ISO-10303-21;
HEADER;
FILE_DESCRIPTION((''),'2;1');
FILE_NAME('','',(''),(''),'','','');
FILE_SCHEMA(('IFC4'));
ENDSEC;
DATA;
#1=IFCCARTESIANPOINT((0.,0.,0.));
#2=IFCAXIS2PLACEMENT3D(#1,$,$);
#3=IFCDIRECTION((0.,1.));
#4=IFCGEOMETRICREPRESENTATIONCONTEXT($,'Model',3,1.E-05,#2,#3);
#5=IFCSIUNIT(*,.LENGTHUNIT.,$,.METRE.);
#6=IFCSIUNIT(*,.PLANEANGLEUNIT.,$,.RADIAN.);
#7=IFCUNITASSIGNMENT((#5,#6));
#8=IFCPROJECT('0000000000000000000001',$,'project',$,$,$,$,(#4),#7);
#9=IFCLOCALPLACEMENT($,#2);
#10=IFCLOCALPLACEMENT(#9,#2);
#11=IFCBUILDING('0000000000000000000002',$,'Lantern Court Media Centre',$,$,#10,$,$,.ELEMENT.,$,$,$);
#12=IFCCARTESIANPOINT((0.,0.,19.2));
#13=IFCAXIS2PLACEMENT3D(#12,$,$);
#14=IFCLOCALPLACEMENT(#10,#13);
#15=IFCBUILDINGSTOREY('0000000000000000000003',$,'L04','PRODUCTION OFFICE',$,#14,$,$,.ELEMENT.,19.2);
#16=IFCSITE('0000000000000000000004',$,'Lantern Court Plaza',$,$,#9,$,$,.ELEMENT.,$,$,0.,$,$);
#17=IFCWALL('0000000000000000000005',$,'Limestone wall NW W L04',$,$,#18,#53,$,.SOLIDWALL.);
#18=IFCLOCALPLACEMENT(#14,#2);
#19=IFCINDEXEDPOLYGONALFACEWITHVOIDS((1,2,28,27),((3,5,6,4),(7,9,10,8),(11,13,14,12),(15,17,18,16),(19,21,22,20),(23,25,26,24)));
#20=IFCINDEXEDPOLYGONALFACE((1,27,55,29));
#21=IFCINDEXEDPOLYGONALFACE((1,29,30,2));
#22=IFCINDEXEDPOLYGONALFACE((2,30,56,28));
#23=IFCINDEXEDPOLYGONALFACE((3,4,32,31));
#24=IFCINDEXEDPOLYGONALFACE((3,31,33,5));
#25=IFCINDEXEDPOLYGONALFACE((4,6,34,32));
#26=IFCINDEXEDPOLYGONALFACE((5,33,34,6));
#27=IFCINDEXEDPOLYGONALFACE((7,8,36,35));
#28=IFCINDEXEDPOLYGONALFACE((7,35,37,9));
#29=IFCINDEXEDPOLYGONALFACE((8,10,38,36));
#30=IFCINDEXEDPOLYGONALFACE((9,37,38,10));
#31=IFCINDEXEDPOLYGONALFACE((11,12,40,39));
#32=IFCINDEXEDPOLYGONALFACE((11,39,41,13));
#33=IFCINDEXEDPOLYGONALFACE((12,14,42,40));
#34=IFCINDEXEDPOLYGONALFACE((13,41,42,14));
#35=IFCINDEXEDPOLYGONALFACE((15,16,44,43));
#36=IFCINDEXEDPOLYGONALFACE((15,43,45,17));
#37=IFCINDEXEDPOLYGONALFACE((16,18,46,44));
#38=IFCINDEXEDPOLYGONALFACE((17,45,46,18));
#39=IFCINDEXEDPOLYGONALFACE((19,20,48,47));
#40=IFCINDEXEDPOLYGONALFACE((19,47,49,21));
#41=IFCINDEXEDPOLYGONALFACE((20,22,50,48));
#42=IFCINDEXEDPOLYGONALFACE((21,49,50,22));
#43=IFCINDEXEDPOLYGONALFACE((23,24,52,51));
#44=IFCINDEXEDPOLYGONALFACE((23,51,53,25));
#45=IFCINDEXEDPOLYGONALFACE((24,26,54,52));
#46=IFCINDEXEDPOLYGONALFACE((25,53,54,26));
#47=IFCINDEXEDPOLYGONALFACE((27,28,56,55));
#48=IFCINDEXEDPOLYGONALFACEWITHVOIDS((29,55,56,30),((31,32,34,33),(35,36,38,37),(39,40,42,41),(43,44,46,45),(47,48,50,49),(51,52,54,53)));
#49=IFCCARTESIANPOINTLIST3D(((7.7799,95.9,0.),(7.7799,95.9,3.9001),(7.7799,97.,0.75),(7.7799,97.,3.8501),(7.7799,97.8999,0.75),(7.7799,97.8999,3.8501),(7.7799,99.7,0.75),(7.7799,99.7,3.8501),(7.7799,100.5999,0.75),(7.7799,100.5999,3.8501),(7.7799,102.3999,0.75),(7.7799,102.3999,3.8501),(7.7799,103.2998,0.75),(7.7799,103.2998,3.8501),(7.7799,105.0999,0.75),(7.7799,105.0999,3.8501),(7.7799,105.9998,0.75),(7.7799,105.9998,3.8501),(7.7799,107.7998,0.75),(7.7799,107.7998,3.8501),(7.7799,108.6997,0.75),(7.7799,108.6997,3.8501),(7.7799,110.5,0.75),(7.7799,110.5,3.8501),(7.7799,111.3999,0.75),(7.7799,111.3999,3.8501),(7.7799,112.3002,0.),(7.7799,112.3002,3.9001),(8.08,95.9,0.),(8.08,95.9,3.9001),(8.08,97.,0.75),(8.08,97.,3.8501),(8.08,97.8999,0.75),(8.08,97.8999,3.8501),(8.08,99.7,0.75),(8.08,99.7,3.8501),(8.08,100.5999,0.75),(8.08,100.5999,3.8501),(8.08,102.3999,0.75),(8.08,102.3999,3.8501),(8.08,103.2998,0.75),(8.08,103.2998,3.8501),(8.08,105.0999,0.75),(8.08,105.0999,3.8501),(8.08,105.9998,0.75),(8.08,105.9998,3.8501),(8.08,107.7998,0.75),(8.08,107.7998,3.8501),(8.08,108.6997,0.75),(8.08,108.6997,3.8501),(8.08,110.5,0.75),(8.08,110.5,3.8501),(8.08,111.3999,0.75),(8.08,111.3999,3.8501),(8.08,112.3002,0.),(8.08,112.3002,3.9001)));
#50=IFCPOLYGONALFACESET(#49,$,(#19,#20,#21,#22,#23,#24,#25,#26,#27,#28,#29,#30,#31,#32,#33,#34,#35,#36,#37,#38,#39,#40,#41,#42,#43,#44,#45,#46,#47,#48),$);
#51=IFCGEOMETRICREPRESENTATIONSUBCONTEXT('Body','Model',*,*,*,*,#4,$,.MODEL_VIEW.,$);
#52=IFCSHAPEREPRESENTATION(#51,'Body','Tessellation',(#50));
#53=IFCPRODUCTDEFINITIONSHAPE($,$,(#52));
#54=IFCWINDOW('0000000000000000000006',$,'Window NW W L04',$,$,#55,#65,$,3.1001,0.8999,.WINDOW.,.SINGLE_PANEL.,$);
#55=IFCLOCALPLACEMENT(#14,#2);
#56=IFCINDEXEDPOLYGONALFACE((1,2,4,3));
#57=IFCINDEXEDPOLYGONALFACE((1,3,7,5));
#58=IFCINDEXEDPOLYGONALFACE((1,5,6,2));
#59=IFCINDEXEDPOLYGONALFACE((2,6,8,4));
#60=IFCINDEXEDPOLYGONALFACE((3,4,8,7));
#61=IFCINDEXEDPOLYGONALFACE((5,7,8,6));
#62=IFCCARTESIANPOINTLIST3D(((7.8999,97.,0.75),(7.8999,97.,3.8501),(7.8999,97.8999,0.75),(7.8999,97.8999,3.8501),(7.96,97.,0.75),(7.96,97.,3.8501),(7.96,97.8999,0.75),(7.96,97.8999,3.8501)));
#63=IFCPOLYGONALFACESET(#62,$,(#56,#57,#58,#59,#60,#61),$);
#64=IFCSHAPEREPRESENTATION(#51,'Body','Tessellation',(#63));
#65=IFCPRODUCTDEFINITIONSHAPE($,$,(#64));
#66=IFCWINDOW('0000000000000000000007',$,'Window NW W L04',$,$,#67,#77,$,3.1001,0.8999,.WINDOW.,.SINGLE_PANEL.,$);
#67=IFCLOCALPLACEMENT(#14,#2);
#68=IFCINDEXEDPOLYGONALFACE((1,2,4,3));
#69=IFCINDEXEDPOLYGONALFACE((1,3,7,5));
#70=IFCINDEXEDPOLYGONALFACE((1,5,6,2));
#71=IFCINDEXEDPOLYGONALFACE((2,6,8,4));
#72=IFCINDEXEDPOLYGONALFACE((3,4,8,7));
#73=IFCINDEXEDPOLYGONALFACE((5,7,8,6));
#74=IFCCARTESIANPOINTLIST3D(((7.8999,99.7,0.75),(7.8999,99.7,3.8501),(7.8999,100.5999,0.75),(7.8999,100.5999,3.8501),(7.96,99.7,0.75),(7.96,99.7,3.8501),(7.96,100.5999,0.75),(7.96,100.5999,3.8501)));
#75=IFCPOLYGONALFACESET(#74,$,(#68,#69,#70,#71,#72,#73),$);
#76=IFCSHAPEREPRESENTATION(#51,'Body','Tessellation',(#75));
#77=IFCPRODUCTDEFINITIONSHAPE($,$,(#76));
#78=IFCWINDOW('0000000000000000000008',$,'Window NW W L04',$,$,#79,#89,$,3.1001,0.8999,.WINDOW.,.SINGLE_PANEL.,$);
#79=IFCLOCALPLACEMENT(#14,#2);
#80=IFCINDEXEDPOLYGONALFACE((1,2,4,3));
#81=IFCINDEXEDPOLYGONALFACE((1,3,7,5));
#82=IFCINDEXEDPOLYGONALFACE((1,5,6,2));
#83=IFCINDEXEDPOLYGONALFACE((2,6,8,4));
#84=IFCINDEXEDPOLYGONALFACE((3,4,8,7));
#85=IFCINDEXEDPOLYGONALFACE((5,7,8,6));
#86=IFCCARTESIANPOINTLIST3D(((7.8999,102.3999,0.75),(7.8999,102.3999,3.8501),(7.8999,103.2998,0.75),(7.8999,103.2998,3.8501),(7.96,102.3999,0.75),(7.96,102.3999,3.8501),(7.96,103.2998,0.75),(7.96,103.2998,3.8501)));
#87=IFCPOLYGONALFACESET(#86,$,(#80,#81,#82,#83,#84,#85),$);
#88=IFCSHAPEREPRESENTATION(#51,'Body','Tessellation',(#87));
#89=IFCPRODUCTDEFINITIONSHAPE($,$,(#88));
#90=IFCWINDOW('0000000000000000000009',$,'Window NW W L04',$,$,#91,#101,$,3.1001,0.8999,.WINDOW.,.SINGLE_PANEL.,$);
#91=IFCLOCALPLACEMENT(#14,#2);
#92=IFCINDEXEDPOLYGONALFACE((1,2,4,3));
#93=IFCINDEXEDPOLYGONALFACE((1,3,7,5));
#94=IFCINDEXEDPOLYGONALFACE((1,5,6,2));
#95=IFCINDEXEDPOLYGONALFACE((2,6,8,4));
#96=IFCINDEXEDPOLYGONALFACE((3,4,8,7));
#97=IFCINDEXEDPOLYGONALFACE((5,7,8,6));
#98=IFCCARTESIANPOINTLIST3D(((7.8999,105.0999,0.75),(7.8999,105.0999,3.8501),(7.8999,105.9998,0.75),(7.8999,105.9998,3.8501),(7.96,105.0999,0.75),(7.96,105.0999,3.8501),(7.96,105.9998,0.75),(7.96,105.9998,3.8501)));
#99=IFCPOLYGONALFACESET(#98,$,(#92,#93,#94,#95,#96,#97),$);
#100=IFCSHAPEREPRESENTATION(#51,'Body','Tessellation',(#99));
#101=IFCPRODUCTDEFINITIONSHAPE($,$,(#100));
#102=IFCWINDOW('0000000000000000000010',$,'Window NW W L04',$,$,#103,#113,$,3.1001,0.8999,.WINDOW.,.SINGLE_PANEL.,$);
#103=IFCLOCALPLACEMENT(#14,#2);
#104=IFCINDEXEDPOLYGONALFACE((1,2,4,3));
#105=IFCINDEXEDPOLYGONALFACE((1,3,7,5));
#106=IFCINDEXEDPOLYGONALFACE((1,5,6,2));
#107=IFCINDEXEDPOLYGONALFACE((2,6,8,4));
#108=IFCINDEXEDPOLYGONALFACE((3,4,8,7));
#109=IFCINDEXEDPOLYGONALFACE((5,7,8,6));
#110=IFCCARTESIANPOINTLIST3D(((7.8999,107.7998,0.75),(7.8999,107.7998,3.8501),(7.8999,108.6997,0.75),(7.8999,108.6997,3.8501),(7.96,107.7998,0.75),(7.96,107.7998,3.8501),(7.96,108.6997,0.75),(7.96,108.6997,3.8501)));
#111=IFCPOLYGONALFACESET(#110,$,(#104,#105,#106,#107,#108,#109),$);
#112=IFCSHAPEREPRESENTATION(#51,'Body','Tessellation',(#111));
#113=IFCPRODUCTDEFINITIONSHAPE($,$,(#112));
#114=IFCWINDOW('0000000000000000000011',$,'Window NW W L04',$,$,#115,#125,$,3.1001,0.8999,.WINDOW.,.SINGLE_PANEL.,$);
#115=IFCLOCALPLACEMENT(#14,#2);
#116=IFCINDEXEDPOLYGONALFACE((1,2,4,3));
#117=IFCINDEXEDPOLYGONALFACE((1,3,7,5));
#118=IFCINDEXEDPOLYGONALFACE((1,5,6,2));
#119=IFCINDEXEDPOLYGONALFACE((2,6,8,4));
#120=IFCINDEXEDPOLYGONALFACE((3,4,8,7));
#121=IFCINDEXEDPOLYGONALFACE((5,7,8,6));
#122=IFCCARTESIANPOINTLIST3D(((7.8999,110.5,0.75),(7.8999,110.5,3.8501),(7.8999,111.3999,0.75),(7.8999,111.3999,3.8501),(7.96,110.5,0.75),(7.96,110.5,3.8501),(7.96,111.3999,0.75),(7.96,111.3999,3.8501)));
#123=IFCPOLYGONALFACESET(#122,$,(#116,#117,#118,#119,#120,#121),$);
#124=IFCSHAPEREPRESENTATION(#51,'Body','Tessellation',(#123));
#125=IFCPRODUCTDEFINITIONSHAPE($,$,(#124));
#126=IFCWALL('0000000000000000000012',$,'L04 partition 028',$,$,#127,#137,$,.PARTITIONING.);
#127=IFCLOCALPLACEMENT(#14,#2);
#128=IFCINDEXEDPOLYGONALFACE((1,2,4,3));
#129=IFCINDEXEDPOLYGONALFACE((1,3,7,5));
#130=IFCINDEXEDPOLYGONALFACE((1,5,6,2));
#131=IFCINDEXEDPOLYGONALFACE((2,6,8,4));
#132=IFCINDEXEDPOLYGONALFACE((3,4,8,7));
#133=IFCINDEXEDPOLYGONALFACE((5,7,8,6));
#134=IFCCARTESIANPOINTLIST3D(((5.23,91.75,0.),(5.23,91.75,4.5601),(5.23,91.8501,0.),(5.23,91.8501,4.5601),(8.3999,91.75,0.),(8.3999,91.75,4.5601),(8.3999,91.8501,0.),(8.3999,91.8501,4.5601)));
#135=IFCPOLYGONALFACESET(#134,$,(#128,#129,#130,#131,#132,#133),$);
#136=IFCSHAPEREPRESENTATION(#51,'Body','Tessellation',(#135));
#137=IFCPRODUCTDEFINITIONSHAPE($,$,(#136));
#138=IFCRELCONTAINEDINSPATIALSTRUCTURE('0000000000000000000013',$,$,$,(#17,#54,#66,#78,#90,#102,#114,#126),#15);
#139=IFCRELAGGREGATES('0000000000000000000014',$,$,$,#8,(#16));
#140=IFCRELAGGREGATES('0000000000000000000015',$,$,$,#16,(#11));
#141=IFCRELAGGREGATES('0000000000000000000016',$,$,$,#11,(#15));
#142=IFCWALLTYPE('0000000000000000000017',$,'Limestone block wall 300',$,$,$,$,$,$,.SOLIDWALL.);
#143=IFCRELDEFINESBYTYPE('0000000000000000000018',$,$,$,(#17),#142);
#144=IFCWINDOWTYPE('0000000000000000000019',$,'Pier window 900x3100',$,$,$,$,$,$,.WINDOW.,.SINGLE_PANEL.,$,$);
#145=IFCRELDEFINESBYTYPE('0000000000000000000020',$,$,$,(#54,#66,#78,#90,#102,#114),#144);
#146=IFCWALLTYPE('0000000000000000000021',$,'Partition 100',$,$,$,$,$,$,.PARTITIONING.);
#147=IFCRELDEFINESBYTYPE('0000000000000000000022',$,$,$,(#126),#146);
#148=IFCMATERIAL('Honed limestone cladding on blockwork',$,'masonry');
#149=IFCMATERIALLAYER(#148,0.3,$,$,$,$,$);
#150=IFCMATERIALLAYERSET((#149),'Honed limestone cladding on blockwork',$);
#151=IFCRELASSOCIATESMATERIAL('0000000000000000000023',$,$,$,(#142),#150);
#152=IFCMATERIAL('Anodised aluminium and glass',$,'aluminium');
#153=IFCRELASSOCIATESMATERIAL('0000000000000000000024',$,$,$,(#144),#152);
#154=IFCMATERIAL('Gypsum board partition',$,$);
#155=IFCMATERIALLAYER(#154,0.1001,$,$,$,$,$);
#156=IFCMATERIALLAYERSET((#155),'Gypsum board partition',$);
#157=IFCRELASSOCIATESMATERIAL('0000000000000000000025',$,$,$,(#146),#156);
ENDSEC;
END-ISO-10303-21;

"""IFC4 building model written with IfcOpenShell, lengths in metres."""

from ifc_helpers import new_model, si_unit, direction, frame, frame_2d, origin, place, context, subcontext, project, spatial, rectangle, extrude, material, layer, layer_set, type_object, element, fill, save


model = new_model("IFC4")

# Units and contexts
model_context = context("Model", 3, precision=1e-05, world=origin(), true_north=direction((0.0, 1.0)))
body_context = subcontext(model_context, "Body", "Model", "MODEL_VIEW")
ifc_project = project(units=[si_unit("LENGTHUNIT", "METRE"), si_unit("PLANEANGLEUNIT", "RADIAN")], contexts=[model_context])

# Site, building, storey
site_placement = place(None, origin())
site = spatial("IfcSite", under=ifc_project, at=site_placement, Name="Lantern Court Plaza", CompositionType="ELEMENT", RefElevation=0.0)
building_placement = place(site_placement, origin())
building = spatial("IfcBuilding", under=site, at=building_placement, Name="Lantern Court Media Centre", CompositionType="ELEMENT")
storey_placement = place(building_placement, frame((0.0, 0.0, 19.2)))
storey = spatial("IfcBuildingStorey", under=building, at=storey_placement, Name="L04", Description="PRODUCTION OFFICE", CompositionType="ELEMENT", Elevation=19.2)

# Shared definitions
ifc_material_1 = material(Name="Gypsum board partition")

# Wall, openings, windows
ifc_material_2 = material(Name="Honed limestone cladding on blockwork", Category="masonry")
ifc_layer_1 = layer(ifc_material_2, 0.3)
ifc_layer_set_1 = layer_set([ifc_layer_1], Name="Honed limestone cladding on blockwork")
wall_type_1 = type_object("IfcWallType", Name="Limestone block wall 300", PredefinedType="SOLIDWALL", material=ifc_layer_set_1)
wall_1_placement = place(storey_placement, frame((7.9299, 95.8999, 0.0), z_axis=(0.0, 0.0, 1.0), x_axis=(0.0, 1.0, 0.0)))
wall_1 = element("IfcWall", 1, at=wall_1_placement, inside=storey, type_object=wall_type_1, Name="Limestone wall NW W L04", PredefinedType="SOLIDWALL", context=body_context, shape_type="SweptSolid", body=[
    extrude(rectangle(XDim=16.4001, YDim=0.3, at=frame_2d((8.2002, 0.0))), origin(), (0.0, 0.0, 1.0), 3.9001),
])
opening_1_placement = place(wall_1_placement, frame((1.1001, 0.0, 0.75)))
opening_1 = element("IfcOpeningElement", 2, at=opening_1_placement, cuts=wall_1, PredefinedType="OPENING", context=body_context, shape_type="SweptSolid", body=[
    extrude(rectangle(XDim=0.8999, YDim=3.1001, at=frame_2d((0.45, 1.55))), frame((0.0, 0.1599, 0.0), z_axis=(0.0, -1.0, 0.0), x_axis=(1.0, 0.0, 0.0)), (0.0, 0.0, 1.0), 0.3201),
])
opening_2_placement = place(wall_1_placement, frame((3.8, 0.0, 0.75)))
opening_2 = element("IfcOpeningElement", 3, at=opening_2_placement, cuts=wall_1, PredefinedType="OPENING", context=body_context, shape_type="SweptSolid", body=[
    extrude(rectangle(XDim=0.8999, YDim=3.1001, at=frame_2d((0.45, 1.55))), frame((0.0, 0.1599, 0.0), z_axis=(0.0, -1.0, 0.0), x_axis=(1.0, 0.0, 0.0)), (0.0, 0.0, 1.0), 0.3201),
])
opening_3_placement = place(wall_1_placement, frame((6.5, 0.0, 0.75)))
opening_3 = element("IfcOpeningElement", 4, at=opening_3_placement, cuts=wall_1, PredefinedType="OPENING", context=body_context, shape_type="SweptSolid", body=[
    extrude(rectangle(XDim=0.8999, YDim=3.1001, at=frame_2d((0.45, 1.55))), frame((0.0, 0.1599, 0.0), z_axis=(0.0, -1.0, 0.0), x_axis=(1.0, 0.0, 0.0)), (0.0, 0.0, 1.0), 0.3201),
])
opening_4_placement = place(wall_1_placement, frame((9.2, 0.0, 0.75)))
opening_4 = element("IfcOpeningElement", 5, at=opening_4_placement, cuts=wall_1, PredefinedType="OPENING", context=body_context, shape_type="SweptSolid", body=[
    extrude(rectangle(XDim=0.8999, YDim=3.1001, at=frame_2d((0.45, 1.55))), frame((0.0, 0.1599, 0.0), z_axis=(0.0, -1.0, 0.0), x_axis=(1.0, 0.0, 0.0)), (0.0, 0.0, 1.0), 0.3201),
])
opening_5_placement = place(wall_1_placement, frame((11.8999, 0.0, 0.75)))
opening_5 = element("IfcOpeningElement", 6, at=opening_5_placement, cuts=wall_1, PredefinedType="OPENING", context=body_context, shape_type="SweptSolid", body=[
    extrude(rectangle(XDim=0.8999, YDim=3.1001, at=frame_2d((0.45, 1.55))), frame((0.0, 0.1599, 0.0), z_axis=(0.0, -1.0, 0.0), x_axis=(1.0, 0.0, 0.0)), (0.0, 0.0, 1.0), 0.3201),
])
opening_6_placement = place(wall_1_placement, frame((14.6001, 0.0, 0.75)))
opening_6 = element("IfcOpeningElement", 7, at=opening_6_placement, cuts=wall_1, PredefinedType="OPENING", context=body_context, shape_type="SweptSolid", body=[
    extrude(rectangle(XDim=0.8999, YDim=3.1001, at=frame_2d((0.45, 1.55))), frame((0.0, 0.1599, 0.0), z_axis=(0.0, -1.0, 0.0), x_axis=(1.0, 0.0, 0.0)), (0.0, 0.0, 1.0), 0.3201),
])
ifc_material_3 = material(Name="Anodised aluminium and glass", Category="aluminium")
window_type = type_object("IfcWindowType", Name="Pier window 900x3100", PartitioningType="SINGLE_PANEL", PredefinedType="WINDOW", material=ifc_material_3)
window_1_placement = place(opening_1_placement, origin())
window_1 = element("IfcWindow", 8, at=window_1_placement, inside=storey, type_object=window_type, Name="Window NW W L04", OverallHeight=3.1001, OverallWidth=0.8999, PartitioningType="SINGLE_PANEL", PredefinedType="WINDOW", context=body_context, shape_type="SweptSolid", body=[
    extrude(rectangle(XDim=0.8999, YDim=3.1001, at=frame_2d((0.45, 1.55))), frame((0.0, 0.03, 0.0), z_axis=(0.0, -1.0, 0.0), x_axis=(1.0, 0.0, 0.0)), (0.0, 0.0, 1.0), 0.0601),
])
fill(opening_1, window_1)
window_2_placement = place(opening_2_placement, origin())
window_2 = element("IfcWindow", 9, at=window_2_placement, inside=storey, type_object=window_type, Name="Window NW W L04", OverallHeight=3.1001, OverallWidth=0.8999, PartitioningType="SINGLE_PANEL", PredefinedType="WINDOW", context=body_context, shape_type="SweptSolid", body=[
    extrude(rectangle(XDim=0.8999, YDim=3.1001, at=frame_2d((0.45, 1.55))), frame((0.0, 0.03, 0.0), z_axis=(0.0, -1.0, 0.0), x_axis=(1.0, 0.0, 0.0)), (0.0, 0.0, 1.0), 0.0601),
])
fill(opening_2, window_2)
window_3_placement = place(opening_3_placement, origin())
window_3 = element("IfcWindow", 10, at=window_3_placement, inside=storey, type_object=window_type, Name="Window NW W L04", OverallHeight=3.1001, OverallWidth=0.8999, PartitioningType="SINGLE_PANEL", PredefinedType="WINDOW", context=body_context, shape_type="SweptSolid", body=[
    extrude(rectangle(XDim=0.8999, YDim=3.1001, at=frame_2d((0.45, 1.55))), frame((0.0, 0.03, 0.0), z_axis=(0.0, -1.0, 0.0), x_axis=(1.0, 0.0, 0.0)), (0.0, 0.0, 1.0), 0.0601),
])
fill(opening_3, window_3)
window_4_placement = place(opening_4_placement, origin())
window_4 = element("IfcWindow", 11, at=window_4_placement, inside=storey, type_object=window_type, Name="Window NW W L04", OverallHeight=3.1001, OverallWidth=0.8999, PartitioningType="SINGLE_PANEL", PredefinedType="WINDOW", context=body_context, shape_type="SweptSolid", body=[
    extrude(rectangle(XDim=0.8999, YDim=3.1001, at=frame_2d((0.45, 1.55))), frame((0.0, 0.03, 0.0), z_axis=(0.0, -1.0, 0.0), x_axis=(1.0, 0.0, 0.0)), (0.0, 0.0, 1.0), 0.0601),
])
fill(opening_4, window_4)
window_5_placement = place(opening_5_placement, origin())
window_5 = element("IfcWindow", 12, at=window_5_placement, inside=storey, type_object=window_type, Name="Window NW W L04", OverallHeight=3.1001, OverallWidth=0.8999, PartitioningType="SINGLE_PANEL", PredefinedType="WINDOW", context=body_context, shape_type="SweptSolid", body=[
    extrude(rectangle(XDim=0.8999, YDim=3.1001, at=frame_2d((0.45, 1.55))), frame((0.0, 0.03, 0.0), z_axis=(0.0, -1.0, 0.0), x_axis=(1.0, 0.0, 0.0)), (0.0, 0.0, 1.0), 0.0601),
])
fill(opening_5, window_5)
window_6_placement = place(opening_6_placement, origin())
window_6 = element("IfcWindow", 13, at=window_6_placement, inside=storey, type_object=window_type, Name="Window NW W L04", OverallHeight=3.1001, OverallWidth=0.8999, PartitioningType="SINGLE_PANEL", PredefinedType="WINDOW", context=body_context, shape_type="SweptSolid", body=[
    extrude(rectangle(XDim=0.8999, YDim=3.1001, at=frame_2d((0.45, 1.55))), frame((0.0, 0.03, 0.0), z_axis=(0.0, -1.0, 0.0), x_axis=(1.0, 0.0, 0.0)), (0.0, 0.0, 1.0), 0.0601),
])
fill(opening_6, window_6)

# Wall
ifc_layer_2 = layer(ifc_material_1, 0.1001)
ifc_layer_set_2 = layer_set([ifc_layer_2], Name="Gypsum board partition")
wall_type_2 = type_object("IfcWallType", Name="Partition 100", PredefinedType="PARTITIONING", material=ifc_layer_set_2)
wall_2_placement = place(storey_placement, frame((5.23, 91.8, 0.0), z_axis=(0.0, 0.0, 1.0), x_axis=(1.0, 0.0, 0.0)))
element("IfcWall", 14, at=wall_2_placement, inside=storey, type_object=wall_type_2, Name="L04 partition 028", PredefinedType="PARTITIONING", context=body_context, shape_type="SweptSolid", body=[
    extrude(rectangle(XDim=3.1699, YDim=0.1001, at=frame_2d((1.585, 0.0))), origin(), (0.0, 0.0, 1.0), 4.5601),
])

save(model, "model.ifc")
